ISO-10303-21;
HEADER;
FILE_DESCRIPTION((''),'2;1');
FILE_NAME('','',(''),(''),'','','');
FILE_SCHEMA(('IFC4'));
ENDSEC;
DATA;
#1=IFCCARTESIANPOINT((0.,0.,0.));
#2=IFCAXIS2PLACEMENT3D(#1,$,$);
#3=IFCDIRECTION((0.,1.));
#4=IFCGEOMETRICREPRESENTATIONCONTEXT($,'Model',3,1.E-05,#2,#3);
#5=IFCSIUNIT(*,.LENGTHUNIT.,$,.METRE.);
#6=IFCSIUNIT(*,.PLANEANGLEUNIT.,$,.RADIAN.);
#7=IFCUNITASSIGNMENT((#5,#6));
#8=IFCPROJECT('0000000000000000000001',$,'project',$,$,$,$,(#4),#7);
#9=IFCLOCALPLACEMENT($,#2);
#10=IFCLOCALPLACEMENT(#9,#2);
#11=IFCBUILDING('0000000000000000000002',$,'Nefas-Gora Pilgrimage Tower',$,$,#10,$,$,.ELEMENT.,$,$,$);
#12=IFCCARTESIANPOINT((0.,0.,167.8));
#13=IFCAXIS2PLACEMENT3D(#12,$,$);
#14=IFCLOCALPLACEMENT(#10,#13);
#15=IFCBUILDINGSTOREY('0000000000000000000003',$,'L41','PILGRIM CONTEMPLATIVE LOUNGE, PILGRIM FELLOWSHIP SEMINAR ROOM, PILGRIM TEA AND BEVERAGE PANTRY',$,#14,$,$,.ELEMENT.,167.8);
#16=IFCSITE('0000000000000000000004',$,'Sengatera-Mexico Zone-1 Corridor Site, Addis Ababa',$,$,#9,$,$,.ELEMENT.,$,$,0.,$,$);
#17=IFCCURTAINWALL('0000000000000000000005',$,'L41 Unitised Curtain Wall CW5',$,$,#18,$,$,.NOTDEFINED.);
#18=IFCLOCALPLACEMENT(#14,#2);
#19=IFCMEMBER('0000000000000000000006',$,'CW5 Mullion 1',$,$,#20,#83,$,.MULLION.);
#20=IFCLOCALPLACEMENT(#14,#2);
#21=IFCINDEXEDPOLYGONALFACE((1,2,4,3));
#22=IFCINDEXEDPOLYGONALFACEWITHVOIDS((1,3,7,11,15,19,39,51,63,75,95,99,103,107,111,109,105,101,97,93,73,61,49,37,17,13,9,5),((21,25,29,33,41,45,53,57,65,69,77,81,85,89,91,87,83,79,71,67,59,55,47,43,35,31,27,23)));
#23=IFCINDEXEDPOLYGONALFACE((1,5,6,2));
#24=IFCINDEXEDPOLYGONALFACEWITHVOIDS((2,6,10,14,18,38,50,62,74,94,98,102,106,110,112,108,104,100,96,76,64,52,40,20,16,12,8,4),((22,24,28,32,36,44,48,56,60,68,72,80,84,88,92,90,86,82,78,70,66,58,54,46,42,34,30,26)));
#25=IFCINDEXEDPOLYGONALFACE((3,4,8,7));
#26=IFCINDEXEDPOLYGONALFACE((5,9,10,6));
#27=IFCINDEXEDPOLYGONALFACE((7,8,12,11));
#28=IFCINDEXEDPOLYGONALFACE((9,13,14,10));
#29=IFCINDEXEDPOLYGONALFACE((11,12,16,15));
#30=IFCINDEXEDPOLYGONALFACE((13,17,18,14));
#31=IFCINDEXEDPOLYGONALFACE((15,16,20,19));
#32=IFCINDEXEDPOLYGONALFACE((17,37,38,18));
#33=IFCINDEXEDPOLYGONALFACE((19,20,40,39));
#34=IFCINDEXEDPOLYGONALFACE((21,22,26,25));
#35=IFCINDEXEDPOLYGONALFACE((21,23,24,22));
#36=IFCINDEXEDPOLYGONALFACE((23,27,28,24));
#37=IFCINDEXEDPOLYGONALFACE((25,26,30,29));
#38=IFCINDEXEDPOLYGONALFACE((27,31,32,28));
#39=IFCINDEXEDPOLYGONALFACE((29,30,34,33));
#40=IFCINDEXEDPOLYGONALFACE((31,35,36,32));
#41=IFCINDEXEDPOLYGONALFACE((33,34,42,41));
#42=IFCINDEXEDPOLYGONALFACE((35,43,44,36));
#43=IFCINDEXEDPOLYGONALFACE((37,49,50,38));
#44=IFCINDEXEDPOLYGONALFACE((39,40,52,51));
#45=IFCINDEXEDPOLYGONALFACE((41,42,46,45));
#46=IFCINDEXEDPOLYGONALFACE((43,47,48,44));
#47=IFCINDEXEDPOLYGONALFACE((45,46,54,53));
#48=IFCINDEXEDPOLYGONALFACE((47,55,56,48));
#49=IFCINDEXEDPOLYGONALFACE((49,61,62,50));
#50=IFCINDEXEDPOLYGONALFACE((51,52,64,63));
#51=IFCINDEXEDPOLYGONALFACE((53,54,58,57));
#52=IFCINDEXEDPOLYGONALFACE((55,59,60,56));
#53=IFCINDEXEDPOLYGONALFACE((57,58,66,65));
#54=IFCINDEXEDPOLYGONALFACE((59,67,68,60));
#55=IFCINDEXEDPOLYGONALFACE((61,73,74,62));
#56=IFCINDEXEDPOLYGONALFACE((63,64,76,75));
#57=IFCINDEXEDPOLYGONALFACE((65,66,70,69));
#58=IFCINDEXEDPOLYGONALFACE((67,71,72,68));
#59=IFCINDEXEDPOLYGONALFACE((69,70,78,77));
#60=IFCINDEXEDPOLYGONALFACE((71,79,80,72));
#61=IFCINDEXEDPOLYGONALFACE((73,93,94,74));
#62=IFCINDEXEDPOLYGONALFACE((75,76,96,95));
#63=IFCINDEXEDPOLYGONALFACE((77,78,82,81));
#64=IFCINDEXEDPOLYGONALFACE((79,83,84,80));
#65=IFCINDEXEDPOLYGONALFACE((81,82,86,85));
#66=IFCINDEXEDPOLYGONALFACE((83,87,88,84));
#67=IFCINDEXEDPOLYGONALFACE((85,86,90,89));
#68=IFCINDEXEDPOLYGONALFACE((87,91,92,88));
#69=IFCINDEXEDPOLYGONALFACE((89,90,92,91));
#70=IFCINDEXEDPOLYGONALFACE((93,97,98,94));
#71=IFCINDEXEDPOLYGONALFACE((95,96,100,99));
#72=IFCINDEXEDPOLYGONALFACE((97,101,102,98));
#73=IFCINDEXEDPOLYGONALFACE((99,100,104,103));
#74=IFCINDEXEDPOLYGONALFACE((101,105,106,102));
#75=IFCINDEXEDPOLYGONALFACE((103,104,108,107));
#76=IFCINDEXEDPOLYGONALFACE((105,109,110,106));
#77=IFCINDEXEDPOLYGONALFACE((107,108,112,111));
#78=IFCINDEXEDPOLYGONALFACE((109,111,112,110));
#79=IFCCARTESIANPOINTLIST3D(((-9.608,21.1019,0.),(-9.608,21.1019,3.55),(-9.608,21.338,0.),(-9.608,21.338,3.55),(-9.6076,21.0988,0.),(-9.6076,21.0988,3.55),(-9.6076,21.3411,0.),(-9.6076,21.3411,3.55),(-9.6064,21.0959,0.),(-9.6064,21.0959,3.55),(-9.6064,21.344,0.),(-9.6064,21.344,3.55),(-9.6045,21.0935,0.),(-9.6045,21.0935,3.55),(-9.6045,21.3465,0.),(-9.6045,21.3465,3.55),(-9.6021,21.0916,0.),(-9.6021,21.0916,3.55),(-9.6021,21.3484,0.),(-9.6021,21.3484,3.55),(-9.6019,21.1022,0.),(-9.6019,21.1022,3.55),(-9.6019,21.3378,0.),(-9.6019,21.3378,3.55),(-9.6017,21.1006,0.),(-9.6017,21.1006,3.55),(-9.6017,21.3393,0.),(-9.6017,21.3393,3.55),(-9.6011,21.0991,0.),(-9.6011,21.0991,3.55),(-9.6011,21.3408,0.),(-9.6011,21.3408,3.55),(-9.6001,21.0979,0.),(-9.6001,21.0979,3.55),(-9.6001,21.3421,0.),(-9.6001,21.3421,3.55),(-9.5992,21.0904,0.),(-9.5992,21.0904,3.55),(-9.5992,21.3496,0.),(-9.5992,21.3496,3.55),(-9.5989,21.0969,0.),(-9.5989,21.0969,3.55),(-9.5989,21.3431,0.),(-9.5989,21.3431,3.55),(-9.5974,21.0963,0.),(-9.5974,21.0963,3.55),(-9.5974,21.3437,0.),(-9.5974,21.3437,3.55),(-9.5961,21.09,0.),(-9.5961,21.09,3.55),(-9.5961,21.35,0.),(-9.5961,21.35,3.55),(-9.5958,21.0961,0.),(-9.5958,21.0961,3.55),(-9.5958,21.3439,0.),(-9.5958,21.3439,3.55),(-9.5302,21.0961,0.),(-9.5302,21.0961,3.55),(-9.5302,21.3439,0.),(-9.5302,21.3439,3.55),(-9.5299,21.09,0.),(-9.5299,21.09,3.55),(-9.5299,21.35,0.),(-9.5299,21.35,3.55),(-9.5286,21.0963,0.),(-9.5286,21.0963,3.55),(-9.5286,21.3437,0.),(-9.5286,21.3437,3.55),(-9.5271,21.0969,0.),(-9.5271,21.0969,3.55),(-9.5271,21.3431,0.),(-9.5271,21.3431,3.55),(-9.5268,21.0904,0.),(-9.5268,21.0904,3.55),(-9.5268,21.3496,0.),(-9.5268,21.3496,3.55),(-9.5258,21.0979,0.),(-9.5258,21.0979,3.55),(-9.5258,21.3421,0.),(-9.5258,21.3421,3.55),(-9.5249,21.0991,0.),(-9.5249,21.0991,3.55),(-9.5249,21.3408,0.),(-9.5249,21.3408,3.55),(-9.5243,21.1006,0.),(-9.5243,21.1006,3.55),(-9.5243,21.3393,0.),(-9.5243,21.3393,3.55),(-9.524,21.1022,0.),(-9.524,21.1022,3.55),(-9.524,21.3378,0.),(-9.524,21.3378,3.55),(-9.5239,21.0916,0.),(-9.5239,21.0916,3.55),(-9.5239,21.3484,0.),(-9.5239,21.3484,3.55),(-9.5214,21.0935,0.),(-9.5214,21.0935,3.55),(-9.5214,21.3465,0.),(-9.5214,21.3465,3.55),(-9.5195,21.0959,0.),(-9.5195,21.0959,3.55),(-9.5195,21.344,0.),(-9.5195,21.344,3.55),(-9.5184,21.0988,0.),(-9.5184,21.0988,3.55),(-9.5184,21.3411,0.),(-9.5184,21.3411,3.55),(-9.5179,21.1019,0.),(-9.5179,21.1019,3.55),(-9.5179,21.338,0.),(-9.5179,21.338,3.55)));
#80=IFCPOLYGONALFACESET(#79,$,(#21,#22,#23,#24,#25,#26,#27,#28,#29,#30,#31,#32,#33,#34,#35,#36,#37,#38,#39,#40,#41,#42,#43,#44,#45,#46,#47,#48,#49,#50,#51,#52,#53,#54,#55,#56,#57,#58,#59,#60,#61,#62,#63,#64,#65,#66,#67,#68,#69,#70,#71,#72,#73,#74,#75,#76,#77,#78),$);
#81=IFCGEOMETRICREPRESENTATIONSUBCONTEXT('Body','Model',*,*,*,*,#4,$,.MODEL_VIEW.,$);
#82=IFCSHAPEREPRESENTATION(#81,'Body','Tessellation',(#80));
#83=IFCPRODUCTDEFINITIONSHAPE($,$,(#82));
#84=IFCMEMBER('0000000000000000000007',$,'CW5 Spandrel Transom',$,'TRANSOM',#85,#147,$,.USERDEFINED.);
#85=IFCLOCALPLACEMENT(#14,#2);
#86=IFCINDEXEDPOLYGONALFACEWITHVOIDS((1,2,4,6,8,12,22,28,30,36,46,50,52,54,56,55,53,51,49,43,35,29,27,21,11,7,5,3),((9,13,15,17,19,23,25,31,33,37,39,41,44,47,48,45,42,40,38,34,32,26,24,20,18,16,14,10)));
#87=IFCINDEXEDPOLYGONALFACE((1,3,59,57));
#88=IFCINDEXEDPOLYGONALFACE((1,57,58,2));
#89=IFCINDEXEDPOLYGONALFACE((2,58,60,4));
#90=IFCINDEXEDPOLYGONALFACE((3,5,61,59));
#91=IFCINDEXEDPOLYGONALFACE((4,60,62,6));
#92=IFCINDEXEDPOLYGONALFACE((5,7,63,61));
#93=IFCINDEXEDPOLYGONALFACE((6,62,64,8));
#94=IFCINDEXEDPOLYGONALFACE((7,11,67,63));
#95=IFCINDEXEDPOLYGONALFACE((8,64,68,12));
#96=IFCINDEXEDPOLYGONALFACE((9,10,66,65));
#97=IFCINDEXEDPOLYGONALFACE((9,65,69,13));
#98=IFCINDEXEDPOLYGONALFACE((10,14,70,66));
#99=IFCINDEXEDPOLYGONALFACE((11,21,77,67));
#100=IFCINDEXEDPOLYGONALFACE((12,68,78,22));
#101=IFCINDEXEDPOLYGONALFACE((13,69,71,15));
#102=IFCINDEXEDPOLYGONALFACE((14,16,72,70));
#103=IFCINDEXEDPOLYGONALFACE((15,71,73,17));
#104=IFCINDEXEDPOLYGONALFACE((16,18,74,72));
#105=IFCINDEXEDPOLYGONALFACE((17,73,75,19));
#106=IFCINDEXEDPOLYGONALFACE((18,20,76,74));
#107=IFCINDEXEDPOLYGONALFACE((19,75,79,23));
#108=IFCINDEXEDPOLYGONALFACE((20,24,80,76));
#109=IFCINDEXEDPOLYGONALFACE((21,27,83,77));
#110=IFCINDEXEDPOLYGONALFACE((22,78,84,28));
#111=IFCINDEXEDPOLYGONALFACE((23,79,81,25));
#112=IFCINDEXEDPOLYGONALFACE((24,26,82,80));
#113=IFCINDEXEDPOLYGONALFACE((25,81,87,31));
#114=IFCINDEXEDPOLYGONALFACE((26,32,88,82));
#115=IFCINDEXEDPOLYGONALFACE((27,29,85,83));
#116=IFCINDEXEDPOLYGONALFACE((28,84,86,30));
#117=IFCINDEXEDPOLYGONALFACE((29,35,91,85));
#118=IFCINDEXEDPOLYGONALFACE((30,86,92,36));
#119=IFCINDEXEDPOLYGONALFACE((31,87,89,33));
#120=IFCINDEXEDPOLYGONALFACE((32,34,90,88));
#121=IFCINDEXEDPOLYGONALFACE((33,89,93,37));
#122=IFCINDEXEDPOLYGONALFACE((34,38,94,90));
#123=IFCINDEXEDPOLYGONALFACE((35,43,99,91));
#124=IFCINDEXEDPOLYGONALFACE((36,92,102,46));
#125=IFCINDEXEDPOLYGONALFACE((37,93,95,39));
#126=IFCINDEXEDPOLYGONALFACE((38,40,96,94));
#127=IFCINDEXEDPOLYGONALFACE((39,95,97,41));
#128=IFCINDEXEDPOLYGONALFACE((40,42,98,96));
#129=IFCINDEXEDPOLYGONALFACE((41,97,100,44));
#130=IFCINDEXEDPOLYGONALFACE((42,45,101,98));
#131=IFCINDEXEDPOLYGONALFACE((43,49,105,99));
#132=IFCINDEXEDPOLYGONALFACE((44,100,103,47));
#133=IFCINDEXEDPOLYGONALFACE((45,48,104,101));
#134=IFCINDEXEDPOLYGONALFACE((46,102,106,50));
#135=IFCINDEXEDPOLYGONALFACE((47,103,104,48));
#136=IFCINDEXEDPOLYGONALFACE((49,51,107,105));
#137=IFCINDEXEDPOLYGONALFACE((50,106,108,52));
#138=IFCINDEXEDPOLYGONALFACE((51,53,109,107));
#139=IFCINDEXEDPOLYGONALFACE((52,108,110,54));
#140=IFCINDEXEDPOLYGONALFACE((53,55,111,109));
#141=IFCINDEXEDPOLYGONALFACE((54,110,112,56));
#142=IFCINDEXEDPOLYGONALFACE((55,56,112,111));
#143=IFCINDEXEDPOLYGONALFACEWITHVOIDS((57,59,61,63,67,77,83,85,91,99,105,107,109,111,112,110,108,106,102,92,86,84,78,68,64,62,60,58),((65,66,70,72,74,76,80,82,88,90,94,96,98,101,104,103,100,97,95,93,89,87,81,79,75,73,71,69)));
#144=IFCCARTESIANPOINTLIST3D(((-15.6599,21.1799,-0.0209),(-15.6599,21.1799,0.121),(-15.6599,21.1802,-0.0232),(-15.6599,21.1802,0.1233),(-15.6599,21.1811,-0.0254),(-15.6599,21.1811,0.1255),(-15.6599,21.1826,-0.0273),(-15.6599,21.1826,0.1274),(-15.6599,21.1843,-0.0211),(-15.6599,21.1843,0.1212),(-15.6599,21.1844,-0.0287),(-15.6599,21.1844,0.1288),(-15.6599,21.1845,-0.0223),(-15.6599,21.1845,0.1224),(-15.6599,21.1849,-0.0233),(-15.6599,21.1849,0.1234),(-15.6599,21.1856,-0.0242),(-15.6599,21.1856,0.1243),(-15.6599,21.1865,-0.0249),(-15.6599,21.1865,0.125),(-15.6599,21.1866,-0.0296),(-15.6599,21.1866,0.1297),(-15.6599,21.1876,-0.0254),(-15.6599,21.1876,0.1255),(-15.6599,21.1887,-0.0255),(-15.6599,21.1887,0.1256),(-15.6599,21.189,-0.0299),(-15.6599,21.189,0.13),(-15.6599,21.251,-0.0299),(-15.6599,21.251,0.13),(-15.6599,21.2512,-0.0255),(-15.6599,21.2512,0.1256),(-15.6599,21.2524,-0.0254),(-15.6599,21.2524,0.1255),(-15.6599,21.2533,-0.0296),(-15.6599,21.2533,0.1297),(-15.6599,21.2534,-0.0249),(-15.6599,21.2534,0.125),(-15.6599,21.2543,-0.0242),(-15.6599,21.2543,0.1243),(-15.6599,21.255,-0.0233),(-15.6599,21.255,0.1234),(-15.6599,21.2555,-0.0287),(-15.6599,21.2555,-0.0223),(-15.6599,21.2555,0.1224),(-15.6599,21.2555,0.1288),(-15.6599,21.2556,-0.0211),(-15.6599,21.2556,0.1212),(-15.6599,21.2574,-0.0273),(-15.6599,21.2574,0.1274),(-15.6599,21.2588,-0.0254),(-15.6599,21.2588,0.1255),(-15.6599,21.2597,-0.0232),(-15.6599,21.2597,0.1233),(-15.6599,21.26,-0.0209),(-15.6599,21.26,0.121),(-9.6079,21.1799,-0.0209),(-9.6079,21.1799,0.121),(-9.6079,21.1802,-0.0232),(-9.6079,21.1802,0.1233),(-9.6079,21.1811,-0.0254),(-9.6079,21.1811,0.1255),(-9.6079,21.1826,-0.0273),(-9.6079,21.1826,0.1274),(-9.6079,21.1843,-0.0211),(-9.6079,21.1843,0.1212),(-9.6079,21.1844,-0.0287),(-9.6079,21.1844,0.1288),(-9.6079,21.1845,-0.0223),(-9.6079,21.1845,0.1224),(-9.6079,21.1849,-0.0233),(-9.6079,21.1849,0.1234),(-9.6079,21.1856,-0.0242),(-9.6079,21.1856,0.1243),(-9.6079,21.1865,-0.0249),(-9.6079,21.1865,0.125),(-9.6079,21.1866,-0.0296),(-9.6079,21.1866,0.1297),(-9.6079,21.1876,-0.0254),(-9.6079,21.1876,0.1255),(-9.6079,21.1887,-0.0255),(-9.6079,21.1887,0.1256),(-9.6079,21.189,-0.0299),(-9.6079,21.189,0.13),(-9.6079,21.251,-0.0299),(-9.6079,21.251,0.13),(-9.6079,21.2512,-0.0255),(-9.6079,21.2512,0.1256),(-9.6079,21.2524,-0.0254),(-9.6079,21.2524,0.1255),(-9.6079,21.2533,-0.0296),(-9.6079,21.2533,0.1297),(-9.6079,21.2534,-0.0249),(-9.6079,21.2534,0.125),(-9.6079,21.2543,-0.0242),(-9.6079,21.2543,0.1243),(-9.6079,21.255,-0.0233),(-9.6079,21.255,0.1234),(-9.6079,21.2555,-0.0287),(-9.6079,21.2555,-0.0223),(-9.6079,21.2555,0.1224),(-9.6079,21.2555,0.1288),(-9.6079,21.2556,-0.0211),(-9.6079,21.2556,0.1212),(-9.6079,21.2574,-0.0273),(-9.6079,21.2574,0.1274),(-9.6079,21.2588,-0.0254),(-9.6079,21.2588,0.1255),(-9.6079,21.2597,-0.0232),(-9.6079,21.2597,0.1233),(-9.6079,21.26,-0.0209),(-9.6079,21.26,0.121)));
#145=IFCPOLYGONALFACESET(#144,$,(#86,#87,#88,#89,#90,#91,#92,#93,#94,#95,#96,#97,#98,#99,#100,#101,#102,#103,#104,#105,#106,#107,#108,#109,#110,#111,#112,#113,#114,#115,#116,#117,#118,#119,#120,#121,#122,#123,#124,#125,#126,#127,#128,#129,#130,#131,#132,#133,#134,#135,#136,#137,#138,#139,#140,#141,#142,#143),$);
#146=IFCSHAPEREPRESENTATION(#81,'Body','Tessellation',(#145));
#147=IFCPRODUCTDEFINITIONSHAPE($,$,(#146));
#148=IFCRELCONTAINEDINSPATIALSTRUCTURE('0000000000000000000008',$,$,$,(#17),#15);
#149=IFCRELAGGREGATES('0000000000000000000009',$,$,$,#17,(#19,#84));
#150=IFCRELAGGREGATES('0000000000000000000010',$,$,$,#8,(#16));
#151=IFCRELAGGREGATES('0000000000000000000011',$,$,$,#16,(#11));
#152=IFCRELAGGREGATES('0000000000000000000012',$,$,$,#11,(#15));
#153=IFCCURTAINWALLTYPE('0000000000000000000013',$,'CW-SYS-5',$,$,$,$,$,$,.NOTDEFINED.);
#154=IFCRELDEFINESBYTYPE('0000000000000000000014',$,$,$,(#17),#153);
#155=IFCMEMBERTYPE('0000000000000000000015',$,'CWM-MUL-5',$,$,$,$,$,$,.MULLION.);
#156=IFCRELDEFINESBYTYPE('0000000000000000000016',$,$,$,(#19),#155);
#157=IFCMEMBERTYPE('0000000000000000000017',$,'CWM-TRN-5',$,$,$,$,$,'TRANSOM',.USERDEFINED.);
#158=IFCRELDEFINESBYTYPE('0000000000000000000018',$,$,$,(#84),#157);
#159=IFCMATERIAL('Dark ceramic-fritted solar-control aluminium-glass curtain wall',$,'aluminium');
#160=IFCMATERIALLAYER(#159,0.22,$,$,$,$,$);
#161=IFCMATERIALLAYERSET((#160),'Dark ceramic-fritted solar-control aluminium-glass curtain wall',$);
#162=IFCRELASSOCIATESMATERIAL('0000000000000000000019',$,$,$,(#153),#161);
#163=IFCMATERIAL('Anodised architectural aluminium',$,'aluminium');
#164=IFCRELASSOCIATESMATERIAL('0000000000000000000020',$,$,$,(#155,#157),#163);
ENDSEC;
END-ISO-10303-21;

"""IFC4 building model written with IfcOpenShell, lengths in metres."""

from ifc_helpers import new_model, si_unit, direction, frame, origin, origin_2d, place, context, subcontext, project, spatial, hollow_rectangle, extrude, source, transform, mapped, material, layer, layer_set, material_profile, profile_set, type_object, element, aggregate, save


model = new_model("IFC4")

# Units and contexts
model_context = context("Model", 3, precision=1e-05, world=origin(), true_north=direction((0.0, 1.0)))
body_context = subcontext(model_context, "Body", "Model", "MODEL_VIEW")
ifc_project = project(units=[si_unit("LENGTHUNIT", "METRE"), si_unit("PLANEANGLEUNIT", "RADIAN")], contexts=[model_context])

# Site, building, storey
site_placement = place(None, origin())
site = spatial("IfcSite", under=ifc_project, at=site_placement, Name="Sengatera-Mexico Zone-1 Corridor Site, Addis Ababa", CompositionType="ELEMENT", RefElevation=0.0)
building_placement = place(site_placement, origin())
building = spatial("IfcBuilding", under=site, at=building_placement, Name="Nefas-Gora Pilgrimage Tower", CompositionType="ELEMENT")
storey_placement = place(building_placement, frame((0.0, 0.0, 167.8)))
storey = spatial("IfcBuildingStorey", under=building, at=storey_placement, Name="L41", Description="PILGRIM CONTEMPLATIVE LOUNGE, PILGRIM FELLOWSHIP SEMINAR ROOM, PILGRIM TEA AND BEVERAGE PANTRY", CompositionType="ELEMENT", Elevation=167.8)

# Shared definitions
ifc_material_1 = material(Name="Dark ceramic-fritted solar-control aluminium-glass curtain wall", Category="aluminium")
ifc_layer_1 = layer(ifc_material_1, 0.22)
ifc_layer_set_1 = layer_set([ifc_layer_1], Name="Dark ceramic-fritted solar-control aluminium-glass curtain wall")
curtain_wall_type = type_object("IfcCurtainWallType", Name="CW-SYS-5", PredefinedType="NOTDEFINED", material=ifc_layer_set_1)
ifc_material_2 = material(Name="Anodised architectural aluminium", Category="aluminium")
ifc_material_profile_1 = material_profile(ifc_material_2, hollow_rectangle(XDim=0.0901, YDim=0.26, WallThickness=0.0061, InnerFilletRadius=0.0061, OuterFilletRadius=0.012, at=origin_2d()), Name="ALU MULLION 90x260")
ifc_profile_set_1 = profile_set([ifc_material_profile_1], Name="Anodised architectural aluminium")
member_type_1 = type_object("IfcMemberType", Name="CWM-MUL-5", PredefinedType="MULLION", material=ifc_profile_set_1)
shared_shape_1 = source(origin(), body_context, "Body", "SweptSolid", [
    extrude(hollow_rectangle(XDim=0.0901, YDim=0.26, WallThickness=0.0061, InnerFilletRadius=0.0061, OuterFilletRadius=0.012, at=origin_2d()), origin(), (0.0, 0.0, 1.0), 3.55),
])

# Curtain wall, members
curtain_wall_1_placement = place(storey_placement, origin())
curtain_wall_1 = element("IfcCurtainWall", 1, at=curtain_wall_1_placement, inside=storey, type_object=curtain_wall_type, Name="L41 Unitised Curtain Wall CW5", PredefinedType="NOTDEFINED")
member_1_placement = place(storey_placement, frame((-9.563, 21.22, 0.0), z_axis=(0.0, 0.0, 1.0), x_axis=(-1.0, 0.0, 0.0)))
member_1 = element("IfcMember", 2, at=member_1_placement, type_object=member_type_1, Name="CW5 Mullion 1", PredefinedType="MULLION", context=body_context, shape_type="MappedRepresentation", body=[
    mapped(shared_shape_1, transform((0.0, 0.0, 0.0), x_axis=(1.0, 0.0, 0.0), y_axis=(0.0, 1.0, 0.0), z_axis=(0.0, 0.0, 1.0), scale=1.0)),
])
ifc_material_profile_2 = material_profile(ifc_material_2, hollow_rectangle(XDim=0.0801, YDim=0.1599, WallThickness=0.0044, InnerFilletRadius=0.0044, OuterFilletRadius=0.009, at=origin_2d()), Name="ALU TRANSOM 80x160")
ifc_profile_set_2 = profile_set([ifc_material_profile_2], Name="Anodised architectural aluminium")
member_type_2 = type_object("IfcMemberType", Name="CWM-TRN-5", ElementType="TRANSOM", PredefinedType="USERDEFINED", material=ifc_profile_set_2)
shared_shape_2 = source(origin(), body_context, "Body", "SweptSolid", [
    extrude(hollow_rectangle(XDim=0.0801, YDim=0.1599, WallThickness=0.0044, InnerFilletRadius=0.0044, OuterFilletRadius=0.009, at=origin_2d()), origin(), (0.0, 0.0, 1.0), 6.052),
])
member_2_placement = place(storey_placement, frame((-9.6079, 21.22, 0.05), z_axis=(-1.0, 0.0, 0.0), x_axis=(0.0, -1.0, 0.0)))
member_2 = element("IfcMember", 3, at=member_2_placement, type_object=member_type_2, Name="CW5 Spandrel Transom", ObjectType="TRANSOM", PredefinedType="USERDEFINED", context=body_context, shape_type="MappedRepresentation", body=[
    mapped(shared_shape_2, transform((0.0, 0.0, 0.0), x_axis=(1.0, 0.0, 0.0), y_axis=(0.0, 1.0, 0.0), z_axis=(0.0, 0.0, 1.0), scale=1.0)),
])
aggregate(curtain_wall_1, [member_1, member_2])

save(model, "model.ifc")
